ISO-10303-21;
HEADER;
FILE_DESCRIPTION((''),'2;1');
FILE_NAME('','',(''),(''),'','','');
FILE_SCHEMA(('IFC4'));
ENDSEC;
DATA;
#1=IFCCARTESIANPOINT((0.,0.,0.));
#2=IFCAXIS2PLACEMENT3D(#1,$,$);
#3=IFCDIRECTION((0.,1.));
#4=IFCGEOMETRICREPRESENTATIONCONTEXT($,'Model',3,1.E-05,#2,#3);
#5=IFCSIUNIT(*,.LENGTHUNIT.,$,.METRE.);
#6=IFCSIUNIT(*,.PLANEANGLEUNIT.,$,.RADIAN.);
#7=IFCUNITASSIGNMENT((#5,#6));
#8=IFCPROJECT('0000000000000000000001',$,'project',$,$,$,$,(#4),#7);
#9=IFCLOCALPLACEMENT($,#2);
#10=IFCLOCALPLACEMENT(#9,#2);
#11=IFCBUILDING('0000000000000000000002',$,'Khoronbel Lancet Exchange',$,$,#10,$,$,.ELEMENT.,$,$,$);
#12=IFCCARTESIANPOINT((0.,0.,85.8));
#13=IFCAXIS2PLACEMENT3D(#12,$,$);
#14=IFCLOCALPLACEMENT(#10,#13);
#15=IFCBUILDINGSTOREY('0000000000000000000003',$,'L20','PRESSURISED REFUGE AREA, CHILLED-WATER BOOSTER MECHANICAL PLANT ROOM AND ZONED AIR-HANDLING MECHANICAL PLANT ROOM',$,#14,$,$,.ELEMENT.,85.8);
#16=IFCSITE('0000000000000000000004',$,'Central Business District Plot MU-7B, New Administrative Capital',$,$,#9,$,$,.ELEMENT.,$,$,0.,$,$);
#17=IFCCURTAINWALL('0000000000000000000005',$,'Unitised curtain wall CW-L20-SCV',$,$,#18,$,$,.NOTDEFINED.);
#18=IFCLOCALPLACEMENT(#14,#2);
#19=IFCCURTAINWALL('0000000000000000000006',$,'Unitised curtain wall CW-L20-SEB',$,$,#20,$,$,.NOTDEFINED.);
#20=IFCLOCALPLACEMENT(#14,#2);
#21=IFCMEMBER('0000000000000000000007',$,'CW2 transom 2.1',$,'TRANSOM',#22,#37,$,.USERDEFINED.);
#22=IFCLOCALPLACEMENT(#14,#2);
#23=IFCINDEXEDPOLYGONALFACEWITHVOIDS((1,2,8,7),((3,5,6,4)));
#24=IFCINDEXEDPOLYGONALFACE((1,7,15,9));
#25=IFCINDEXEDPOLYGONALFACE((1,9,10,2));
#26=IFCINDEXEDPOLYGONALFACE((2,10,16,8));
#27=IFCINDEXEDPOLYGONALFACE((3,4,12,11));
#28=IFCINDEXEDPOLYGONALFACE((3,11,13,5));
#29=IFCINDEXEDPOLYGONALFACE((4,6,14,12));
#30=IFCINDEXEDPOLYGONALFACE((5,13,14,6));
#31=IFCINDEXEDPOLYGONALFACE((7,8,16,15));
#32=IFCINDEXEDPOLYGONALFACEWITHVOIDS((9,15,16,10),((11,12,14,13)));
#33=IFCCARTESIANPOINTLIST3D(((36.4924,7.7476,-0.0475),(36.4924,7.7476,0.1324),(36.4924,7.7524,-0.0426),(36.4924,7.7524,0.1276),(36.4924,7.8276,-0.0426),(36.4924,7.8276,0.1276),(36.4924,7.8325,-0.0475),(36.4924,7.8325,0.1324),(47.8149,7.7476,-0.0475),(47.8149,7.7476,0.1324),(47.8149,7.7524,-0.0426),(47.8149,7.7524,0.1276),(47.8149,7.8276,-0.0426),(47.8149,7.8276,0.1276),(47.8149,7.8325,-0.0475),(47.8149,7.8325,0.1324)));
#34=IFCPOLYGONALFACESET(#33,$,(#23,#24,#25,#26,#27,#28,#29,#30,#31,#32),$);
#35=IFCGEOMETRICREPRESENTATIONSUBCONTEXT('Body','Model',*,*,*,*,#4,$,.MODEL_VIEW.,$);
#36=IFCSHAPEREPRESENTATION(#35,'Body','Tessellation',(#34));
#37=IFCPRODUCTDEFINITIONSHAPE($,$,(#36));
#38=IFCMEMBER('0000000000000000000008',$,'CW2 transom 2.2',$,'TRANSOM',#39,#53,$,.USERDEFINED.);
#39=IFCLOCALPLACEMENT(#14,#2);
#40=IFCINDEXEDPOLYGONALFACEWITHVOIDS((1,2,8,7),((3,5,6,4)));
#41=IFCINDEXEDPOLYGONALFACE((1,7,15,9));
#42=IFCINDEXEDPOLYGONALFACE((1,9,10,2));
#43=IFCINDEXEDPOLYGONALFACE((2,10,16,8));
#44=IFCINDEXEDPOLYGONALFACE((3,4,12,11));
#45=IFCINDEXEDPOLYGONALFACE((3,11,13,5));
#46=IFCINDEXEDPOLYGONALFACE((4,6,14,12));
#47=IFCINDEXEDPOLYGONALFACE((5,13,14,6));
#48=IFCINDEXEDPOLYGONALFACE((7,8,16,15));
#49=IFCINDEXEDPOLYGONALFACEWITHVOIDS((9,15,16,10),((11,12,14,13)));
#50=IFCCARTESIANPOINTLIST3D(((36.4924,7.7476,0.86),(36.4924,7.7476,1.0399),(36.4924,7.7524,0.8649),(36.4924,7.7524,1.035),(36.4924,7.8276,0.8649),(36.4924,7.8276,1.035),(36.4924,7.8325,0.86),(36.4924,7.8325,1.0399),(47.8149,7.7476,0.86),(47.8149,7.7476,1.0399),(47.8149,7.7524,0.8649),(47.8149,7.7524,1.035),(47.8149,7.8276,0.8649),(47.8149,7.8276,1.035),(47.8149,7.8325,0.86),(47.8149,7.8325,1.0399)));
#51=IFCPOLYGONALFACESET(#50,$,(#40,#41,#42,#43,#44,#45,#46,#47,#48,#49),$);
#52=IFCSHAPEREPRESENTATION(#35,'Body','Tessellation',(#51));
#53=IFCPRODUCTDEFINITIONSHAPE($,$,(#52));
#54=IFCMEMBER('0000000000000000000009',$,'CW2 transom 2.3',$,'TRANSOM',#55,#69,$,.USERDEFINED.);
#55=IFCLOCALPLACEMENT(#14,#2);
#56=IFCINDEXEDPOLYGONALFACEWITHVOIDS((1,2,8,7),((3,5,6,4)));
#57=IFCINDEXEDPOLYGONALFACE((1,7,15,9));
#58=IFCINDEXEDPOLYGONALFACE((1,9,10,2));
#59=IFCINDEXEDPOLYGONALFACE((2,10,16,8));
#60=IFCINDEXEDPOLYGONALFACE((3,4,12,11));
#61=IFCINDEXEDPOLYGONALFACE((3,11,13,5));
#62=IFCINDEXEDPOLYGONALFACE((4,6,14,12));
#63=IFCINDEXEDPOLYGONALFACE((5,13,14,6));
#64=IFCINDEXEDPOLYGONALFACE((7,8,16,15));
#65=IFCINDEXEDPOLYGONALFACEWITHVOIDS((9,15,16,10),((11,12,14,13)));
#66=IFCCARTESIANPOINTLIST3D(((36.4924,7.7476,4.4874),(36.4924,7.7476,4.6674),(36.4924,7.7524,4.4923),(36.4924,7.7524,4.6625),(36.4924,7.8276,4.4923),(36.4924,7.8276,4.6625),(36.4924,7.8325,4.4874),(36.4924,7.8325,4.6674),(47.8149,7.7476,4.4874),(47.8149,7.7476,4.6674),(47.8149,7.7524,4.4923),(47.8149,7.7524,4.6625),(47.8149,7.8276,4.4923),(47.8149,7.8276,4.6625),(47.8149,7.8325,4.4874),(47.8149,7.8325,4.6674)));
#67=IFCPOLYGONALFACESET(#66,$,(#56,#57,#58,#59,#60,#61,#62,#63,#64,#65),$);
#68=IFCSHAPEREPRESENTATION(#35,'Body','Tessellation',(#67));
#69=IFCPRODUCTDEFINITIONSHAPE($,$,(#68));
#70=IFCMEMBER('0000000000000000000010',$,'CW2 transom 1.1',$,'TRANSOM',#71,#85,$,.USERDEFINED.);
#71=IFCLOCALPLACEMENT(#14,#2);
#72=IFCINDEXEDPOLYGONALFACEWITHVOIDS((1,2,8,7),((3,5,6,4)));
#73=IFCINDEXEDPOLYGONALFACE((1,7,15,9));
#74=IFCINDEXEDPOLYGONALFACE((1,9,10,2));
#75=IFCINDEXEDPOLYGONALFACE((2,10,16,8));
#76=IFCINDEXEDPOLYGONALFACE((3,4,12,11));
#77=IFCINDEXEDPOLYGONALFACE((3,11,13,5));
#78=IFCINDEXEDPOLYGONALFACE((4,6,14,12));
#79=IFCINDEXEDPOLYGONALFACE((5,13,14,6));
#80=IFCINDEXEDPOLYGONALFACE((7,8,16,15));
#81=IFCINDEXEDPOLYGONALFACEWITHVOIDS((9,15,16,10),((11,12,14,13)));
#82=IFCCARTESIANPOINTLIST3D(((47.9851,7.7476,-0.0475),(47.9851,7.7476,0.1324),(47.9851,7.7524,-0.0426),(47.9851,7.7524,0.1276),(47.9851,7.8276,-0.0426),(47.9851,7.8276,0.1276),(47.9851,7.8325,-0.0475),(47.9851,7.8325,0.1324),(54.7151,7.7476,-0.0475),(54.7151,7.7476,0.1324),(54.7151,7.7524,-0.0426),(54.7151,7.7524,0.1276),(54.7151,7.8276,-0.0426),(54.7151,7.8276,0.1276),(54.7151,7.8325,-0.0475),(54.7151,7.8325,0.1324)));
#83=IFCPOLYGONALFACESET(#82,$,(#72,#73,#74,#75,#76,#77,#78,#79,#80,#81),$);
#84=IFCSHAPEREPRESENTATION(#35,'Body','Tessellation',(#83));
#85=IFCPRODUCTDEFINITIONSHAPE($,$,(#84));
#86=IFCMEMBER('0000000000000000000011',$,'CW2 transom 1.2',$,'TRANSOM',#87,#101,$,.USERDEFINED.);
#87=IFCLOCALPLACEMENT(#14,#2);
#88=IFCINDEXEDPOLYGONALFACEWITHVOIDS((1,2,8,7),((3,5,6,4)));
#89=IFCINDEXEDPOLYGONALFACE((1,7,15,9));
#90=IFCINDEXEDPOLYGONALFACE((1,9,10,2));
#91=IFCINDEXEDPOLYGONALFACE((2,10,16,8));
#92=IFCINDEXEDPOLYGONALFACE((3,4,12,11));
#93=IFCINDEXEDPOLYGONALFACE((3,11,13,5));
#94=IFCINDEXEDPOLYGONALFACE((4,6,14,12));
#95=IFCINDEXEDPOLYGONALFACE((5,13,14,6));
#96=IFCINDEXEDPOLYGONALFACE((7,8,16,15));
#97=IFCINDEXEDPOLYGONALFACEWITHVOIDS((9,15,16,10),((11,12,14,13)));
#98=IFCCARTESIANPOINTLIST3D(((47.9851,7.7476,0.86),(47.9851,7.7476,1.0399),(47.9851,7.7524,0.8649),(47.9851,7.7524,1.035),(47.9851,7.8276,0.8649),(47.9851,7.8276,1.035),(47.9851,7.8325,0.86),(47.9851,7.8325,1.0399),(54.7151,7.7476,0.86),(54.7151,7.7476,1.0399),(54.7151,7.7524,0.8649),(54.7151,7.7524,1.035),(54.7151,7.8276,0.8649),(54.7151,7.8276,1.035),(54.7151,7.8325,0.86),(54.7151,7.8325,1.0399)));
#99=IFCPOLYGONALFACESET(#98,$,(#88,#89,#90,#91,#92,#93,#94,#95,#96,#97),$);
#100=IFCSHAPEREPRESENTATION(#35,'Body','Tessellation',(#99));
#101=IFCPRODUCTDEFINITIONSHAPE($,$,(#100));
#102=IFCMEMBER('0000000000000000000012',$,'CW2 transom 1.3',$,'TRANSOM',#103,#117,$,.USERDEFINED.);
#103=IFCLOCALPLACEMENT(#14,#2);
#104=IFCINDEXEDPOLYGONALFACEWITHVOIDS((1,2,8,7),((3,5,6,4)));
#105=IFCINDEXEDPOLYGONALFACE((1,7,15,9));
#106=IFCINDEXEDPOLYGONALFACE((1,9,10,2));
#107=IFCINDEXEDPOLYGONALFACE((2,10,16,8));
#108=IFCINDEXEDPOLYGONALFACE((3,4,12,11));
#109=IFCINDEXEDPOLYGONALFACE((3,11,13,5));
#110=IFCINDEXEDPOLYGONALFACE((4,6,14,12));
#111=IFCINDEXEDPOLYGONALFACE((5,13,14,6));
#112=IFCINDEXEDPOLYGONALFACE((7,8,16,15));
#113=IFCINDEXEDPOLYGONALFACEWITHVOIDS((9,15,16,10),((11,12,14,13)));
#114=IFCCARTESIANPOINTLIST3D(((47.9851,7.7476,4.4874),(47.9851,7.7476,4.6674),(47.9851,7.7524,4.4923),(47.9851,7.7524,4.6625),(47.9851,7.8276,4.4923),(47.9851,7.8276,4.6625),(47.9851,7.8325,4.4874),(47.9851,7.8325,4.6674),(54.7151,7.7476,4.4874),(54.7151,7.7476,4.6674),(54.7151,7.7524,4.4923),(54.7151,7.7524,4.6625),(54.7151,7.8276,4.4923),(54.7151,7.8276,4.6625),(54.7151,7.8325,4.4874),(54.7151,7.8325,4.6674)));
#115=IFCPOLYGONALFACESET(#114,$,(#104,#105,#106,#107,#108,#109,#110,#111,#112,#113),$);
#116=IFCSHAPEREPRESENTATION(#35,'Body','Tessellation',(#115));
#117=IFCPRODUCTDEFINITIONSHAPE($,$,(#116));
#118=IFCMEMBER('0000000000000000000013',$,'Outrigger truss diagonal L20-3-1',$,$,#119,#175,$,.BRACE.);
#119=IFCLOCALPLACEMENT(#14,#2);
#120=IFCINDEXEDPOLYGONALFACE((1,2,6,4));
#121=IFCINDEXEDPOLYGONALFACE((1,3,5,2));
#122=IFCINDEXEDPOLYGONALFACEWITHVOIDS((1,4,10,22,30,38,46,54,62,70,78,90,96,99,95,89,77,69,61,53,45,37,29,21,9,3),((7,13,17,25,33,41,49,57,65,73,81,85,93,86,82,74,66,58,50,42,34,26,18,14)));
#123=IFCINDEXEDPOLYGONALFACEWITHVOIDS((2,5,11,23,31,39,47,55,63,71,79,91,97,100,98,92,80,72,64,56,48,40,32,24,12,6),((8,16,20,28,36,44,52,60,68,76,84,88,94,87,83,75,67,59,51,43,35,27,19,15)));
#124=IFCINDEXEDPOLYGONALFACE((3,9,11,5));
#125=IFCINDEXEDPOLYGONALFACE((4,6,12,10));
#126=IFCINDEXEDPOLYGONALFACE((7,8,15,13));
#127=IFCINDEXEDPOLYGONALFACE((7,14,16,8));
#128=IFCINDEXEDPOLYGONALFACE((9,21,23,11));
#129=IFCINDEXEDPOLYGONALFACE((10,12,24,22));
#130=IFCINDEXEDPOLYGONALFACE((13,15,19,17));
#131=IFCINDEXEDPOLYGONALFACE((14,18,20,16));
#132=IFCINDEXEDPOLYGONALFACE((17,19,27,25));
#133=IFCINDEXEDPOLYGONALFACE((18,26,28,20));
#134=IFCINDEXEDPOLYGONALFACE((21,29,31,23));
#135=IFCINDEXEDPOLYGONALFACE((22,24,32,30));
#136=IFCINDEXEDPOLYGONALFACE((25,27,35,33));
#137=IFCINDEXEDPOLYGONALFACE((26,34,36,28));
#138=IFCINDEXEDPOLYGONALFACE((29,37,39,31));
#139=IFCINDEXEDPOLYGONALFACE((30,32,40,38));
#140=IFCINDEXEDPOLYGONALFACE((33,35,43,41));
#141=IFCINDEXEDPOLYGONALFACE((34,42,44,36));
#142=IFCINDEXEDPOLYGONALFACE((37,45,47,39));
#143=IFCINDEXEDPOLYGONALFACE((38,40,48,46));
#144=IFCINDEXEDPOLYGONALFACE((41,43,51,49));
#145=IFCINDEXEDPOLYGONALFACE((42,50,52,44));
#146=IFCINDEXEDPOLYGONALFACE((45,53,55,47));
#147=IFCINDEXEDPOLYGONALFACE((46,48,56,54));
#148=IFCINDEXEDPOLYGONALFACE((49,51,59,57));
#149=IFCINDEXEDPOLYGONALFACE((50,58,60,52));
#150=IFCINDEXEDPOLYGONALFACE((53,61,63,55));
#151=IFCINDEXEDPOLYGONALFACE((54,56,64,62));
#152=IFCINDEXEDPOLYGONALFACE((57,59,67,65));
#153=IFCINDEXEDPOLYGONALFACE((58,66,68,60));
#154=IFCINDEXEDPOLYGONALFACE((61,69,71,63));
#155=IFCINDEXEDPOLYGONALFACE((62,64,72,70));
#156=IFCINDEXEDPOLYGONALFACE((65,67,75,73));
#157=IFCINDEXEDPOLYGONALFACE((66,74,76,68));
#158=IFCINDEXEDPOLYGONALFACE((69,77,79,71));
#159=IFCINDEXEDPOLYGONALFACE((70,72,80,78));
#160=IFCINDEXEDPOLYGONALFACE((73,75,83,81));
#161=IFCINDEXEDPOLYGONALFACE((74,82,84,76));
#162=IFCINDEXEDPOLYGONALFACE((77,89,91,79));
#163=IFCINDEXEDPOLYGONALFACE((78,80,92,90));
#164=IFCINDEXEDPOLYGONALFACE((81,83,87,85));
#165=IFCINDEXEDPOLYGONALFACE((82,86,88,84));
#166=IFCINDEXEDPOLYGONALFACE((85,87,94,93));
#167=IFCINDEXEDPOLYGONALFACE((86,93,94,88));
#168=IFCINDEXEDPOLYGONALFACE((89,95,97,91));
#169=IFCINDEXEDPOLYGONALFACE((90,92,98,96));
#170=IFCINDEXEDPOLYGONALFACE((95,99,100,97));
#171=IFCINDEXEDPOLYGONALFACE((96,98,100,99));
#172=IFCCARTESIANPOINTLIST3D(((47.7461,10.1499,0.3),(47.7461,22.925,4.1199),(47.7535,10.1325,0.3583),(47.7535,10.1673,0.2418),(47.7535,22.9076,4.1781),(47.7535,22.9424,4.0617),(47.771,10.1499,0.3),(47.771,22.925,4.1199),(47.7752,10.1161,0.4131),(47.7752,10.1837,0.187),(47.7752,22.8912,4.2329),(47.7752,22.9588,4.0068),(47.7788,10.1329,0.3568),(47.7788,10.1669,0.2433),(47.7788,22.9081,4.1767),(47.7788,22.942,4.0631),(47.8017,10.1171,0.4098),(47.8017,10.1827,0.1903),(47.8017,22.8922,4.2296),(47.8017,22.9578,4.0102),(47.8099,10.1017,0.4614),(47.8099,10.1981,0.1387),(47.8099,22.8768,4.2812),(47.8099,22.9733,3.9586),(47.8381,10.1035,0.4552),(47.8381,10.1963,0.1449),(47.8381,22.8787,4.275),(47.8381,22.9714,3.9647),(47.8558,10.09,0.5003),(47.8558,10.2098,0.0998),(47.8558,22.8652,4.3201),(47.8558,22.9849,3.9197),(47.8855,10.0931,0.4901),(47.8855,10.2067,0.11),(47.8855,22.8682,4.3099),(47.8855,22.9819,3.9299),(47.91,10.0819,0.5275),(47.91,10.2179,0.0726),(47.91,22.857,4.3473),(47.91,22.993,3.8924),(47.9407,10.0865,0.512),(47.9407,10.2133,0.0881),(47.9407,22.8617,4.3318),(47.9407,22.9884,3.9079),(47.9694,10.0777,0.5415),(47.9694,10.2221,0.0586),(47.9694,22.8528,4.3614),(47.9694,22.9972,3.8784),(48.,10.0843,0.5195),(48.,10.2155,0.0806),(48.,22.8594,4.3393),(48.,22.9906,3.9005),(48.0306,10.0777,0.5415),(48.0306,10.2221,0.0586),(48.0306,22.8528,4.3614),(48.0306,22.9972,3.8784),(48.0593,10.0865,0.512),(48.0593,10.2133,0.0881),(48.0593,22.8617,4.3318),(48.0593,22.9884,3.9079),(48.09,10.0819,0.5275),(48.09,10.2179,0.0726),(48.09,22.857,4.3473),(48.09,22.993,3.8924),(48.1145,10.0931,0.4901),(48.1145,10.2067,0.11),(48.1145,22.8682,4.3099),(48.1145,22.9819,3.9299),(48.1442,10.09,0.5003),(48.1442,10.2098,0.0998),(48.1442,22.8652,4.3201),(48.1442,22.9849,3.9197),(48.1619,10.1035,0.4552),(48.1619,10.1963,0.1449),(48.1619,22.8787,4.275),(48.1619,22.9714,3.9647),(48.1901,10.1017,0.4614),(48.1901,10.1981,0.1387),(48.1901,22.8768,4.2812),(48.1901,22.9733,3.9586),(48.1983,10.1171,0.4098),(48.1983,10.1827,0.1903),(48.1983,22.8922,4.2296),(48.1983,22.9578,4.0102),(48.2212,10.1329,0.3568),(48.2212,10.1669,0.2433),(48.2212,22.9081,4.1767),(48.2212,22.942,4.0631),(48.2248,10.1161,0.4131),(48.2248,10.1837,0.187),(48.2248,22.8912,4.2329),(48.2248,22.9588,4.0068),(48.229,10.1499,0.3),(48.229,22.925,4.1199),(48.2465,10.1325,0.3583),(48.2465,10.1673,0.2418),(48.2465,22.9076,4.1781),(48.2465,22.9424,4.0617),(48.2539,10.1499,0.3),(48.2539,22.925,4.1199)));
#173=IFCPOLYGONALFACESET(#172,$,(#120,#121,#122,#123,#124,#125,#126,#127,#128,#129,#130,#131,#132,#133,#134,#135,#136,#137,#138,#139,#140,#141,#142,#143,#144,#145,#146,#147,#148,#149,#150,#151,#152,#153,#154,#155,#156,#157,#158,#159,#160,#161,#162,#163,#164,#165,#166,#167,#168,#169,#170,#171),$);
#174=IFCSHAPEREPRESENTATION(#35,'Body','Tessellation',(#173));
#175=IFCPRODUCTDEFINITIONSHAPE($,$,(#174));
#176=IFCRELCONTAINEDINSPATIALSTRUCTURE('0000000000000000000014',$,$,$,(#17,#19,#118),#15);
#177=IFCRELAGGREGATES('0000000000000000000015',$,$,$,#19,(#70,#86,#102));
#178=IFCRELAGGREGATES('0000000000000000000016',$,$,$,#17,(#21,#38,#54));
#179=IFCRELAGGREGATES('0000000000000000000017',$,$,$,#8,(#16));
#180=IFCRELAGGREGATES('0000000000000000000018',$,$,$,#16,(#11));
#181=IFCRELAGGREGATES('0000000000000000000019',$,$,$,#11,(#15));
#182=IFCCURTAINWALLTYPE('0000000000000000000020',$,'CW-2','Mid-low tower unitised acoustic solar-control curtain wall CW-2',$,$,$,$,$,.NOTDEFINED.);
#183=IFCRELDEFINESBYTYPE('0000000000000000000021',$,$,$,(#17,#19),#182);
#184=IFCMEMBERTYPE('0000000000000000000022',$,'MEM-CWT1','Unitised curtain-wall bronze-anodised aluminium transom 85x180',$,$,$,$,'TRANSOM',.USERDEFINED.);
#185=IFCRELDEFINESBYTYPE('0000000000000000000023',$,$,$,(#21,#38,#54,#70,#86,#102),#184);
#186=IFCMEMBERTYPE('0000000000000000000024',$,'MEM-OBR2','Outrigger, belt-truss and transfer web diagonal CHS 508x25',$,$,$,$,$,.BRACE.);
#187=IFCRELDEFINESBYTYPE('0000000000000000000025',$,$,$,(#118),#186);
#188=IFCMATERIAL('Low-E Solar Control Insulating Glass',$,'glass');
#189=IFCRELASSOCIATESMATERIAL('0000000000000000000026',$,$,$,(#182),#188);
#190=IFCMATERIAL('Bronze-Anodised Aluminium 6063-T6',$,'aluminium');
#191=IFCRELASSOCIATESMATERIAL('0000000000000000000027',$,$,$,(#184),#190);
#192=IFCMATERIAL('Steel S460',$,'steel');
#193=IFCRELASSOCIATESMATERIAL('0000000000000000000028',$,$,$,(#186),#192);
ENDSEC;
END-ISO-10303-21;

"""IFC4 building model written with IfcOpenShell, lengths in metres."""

from ifc_helpers import new_model, si_unit, direction, frame, origin, origin_2d, place, context, subcontext, project, spatial, hollow_rectangle, hollow_circle, extrude, material, material_profile, profile_set, type_object, element, aggregate, save


model = new_model("IFC4")

# Units and contexts
model_context = context("Model", 3, precision=1e-05, world=origin(), true_north=direction((0.0, 1.0)))
body_context = subcontext(model_context, "Body", "Model", "MODEL_VIEW")
ifc_project = project(units=[si_unit("LENGTHUNIT", "METRE"), si_unit("PLANEANGLEUNIT", "RADIAN")], contexts=[model_context])

# Site, building, storey
site_placement = place(None, origin())
site = spatial("IfcSite", under=ifc_project, at=site_placement, Name="Central Business District Plot MU-7B, New Administrative Capital", CompositionType="ELEMENT", RefElevation=0.0)
building_placement = place(site_placement, origin())
building = spatial("IfcBuilding", under=site, at=building_placement, Name="Khoronbel Lancet Exchange", CompositionType="ELEMENT")
storey_placement = place(building_placement, frame((0.0, 0.0, 85.8)))
storey = spatial("IfcBuildingStorey", under=building, at=storey_placement, Name="L20", Description="PRESSURISED REFUGE AREA, CHILLED-WATER BOOSTER MECHANICAL PLANT ROOM AND ZONED AIR-HANDLING MECHANICAL PLANT ROOM", CompositionType="ELEMENT", Elevation=85.8)

# Shared definitions
ifc_material_1 = material(Name="Steel S460", Category="steel")

# Curtain wall
ifc_material_2 = material(Name="Low-E Solar Control Insulating Glass", Category="glass")
curtain_wall_type = type_object("IfcCurtainWallType", Name="CW-2", Description="Mid-low tower unitised acoustic solar-control curtain wall CW-2", PredefinedType="NOTDEFINED", material=ifc_material_2)
curtain_wall_1_placement = place(storey_placement, origin())
curtain_wall_1 = element("IfcCurtainWall", 1, at=curtain_wall_1_placement, inside=storey, type_object=curtain_wall_type, Name="Unitised curtain wall CW-L20-SCV", PredefinedType="NOTDEFINED")
ifc_material_3 = material(Name="Bronze-Anodised Aluminium 6063-T6", Category="aluminium")

# Curtain wall
curtain_wall_2_placement = place(storey_placement, origin())
curtain_wall_2 = element("IfcCurtainWall", 2, at=curtain_wall_2_placement, inside=storey, type_object=curtain_wall_type, Name="Unitised curtain wall CW-L20-SEB", PredefinedType="NOTDEFINED")

# Members
ifc_material_profile_1 = material_profile(ifc_material_3, hollow_rectangle(XDim=0.085, YDim=0.1799, WallThickness=0.0049, at=origin_2d()), Name="ALU TRANSOM 85x180")
ifc_profile_set_1 = profile_set([ifc_material_profile_1], Name="Bronze-Anodised Aluminium 6063-T6")
member_type_1 = type_object("IfcMemberType", Name="MEM-CWT1", Description="Unitised curtain-wall bronze-anodised aluminium transom 85x180", ElementType="TRANSOM", PredefinedType="USERDEFINED", material=ifc_profile_set_1)
member_1_placement = place(storey_placement, frame((36.4924, 7.79, 0.0425), z_axis=(1.0, 0.0, 0.0), x_axis=(0.0, 1.0, 0.0)))
member_1 = element("IfcMember", 3, at=member_1_placement, type_object=member_type_1, Name="CW2 transom 2.1", ObjectType="TRANSOM", PredefinedType="USERDEFINED", context=body_context, shape_type="SweptSolid", body=[
    extrude(hollow_rectangle(XDim=0.085, YDim=0.1799, WallThickness=0.0049, at=origin_2d()), origin(), (0.0, 0.0, 1.0), 11.3225),
])
member_2_placement = place(storey_placement, frame((36.4924, 7.79, 0.95), z_axis=(1.0, 0.0, 0.0), x_axis=(0.0, 1.0, 0.0)))
member_2 = element("IfcMember", 4, at=member_2_placement, type_object=member_type_1, Name="CW2 transom 2.2", ObjectType="TRANSOM", PredefinedType="USERDEFINED", context=body_context, shape_type="SweptSolid", body=[
    extrude(hollow_rectangle(XDim=0.085, YDim=0.1799, WallThickness=0.0049, at=origin_2d()), origin(), (0.0, 0.0, 1.0), 11.3225),
])
member_3_placement = place(storey_placement, frame((36.4924, 7.79, 4.5774), z_axis=(1.0, 0.0, 0.0), x_axis=(0.0, 1.0, 0.0)))
member_3 = element("IfcMember", 5, at=member_3_placement, type_object=member_type_1, Name="CW2 transom 2.3", ObjectType="TRANSOM", PredefinedType="USERDEFINED", context=body_context, shape_type="SweptSolid", body=[
    extrude(hollow_rectangle(XDim=0.085, YDim=0.1799, WallThickness=0.0049, at=origin_2d()), origin(), (0.0, 0.0, 1.0), 11.3225),
])
member_4_placement = place(storey_placement, frame((47.9851, 7.79, 0.0425), z_axis=(1.0, 0.0, 0.0), x_axis=(0.0, 1.0, 0.0)))
member_4 = element("IfcMember", 6, at=member_4_placement, type_object=member_type_1, Name="CW2 transom 1.1", ObjectType="TRANSOM", PredefinedType="USERDEFINED", context=body_context, shape_type="SweptSolid", body=[
    extrude(hollow_rectangle(XDim=0.085, YDim=0.1799, WallThickness=0.0049, at=origin_2d()), origin(), (0.0, 0.0, 1.0), 6.73),
])
member_5_placement = place(storey_placement, frame((47.9851, 7.79, 0.95), z_axis=(1.0, 0.0, 0.0), x_axis=(0.0, 1.0, 0.0)))
member_5 = element("IfcMember", 7, at=member_5_placement, type_object=member_type_1, Name="CW2 transom 1.2", ObjectType="TRANSOM", PredefinedType="USERDEFINED", context=body_context, shape_type="SweptSolid", body=[
    extrude(hollow_rectangle(XDim=0.085, YDim=0.1799, WallThickness=0.0049, at=origin_2d()), origin(), (0.0, 0.0, 1.0), 6.73),
])
member_6_placement = place(storey_placement, frame((47.9851, 7.79, 4.5774), z_axis=(1.0, 0.0, 0.0), x_axis=(0.0, 1.0, 0.0)))
member_6 = element("IfcMember", 8, at=member_6_placement, type_object=member_type_1, Name="CW2 transom 1.3", ObjectType="TRANSOM", PredefinedType="USERDEFINED", context=body_context, shape_type="SweptSolid", body=[
    extrude(hollow_rectangle(XDim=0.085, YDim=0.1799, WallThickness=0.0049, at=origin_2d()), origin(), (0.0, 0.0, 1.0), 6.73),
])
aggregate(curtain_wall_2, [member_4, member_5, member_6])

# Member
ifc_material_profile_2 = material_profile(ifc_material_1, hollow_circle(Radius=0.2539, WallThickness=0.0249, at=origin_2d()), Name="CHS 508x25")
ifc_profile_set_2 = profile_set([ifc_material_profile_2], Name="Steel S460")
member_type_2 = type_object("IfcMemberType", Name="MEM-OBR2", Description="Outrigger, belt-truss and transfer web diagonal CHS 508x25", PredefinedType="BRACE", material=ifc_profile_set_2)
member_7_placement = place(storey_placement, frame((48.0, 10.1499, 0.3), z_axis=(0.0, 0.958088, 0.286473), x_axis=(-1.0, 0.0, 0.0)))
element("IfcMember", 9, at=member_7_placement, inside=storey, type_object=member_type_2, Name="Outrigger truss diagonal L20-3-1", PredefinedType="BRACE", context=body_context, shape_type="SweptSolid", body=[
    extrude(hollow_circle(Radius=0.2539, WallThickness=0.0249, at=origin_2d()), origin(), (0.0, 0.0, 1.0), 13.334),
])

aggregate(curtain_wall_1, [member_1, member_2, member_3])

save(model, "model.ifc")
